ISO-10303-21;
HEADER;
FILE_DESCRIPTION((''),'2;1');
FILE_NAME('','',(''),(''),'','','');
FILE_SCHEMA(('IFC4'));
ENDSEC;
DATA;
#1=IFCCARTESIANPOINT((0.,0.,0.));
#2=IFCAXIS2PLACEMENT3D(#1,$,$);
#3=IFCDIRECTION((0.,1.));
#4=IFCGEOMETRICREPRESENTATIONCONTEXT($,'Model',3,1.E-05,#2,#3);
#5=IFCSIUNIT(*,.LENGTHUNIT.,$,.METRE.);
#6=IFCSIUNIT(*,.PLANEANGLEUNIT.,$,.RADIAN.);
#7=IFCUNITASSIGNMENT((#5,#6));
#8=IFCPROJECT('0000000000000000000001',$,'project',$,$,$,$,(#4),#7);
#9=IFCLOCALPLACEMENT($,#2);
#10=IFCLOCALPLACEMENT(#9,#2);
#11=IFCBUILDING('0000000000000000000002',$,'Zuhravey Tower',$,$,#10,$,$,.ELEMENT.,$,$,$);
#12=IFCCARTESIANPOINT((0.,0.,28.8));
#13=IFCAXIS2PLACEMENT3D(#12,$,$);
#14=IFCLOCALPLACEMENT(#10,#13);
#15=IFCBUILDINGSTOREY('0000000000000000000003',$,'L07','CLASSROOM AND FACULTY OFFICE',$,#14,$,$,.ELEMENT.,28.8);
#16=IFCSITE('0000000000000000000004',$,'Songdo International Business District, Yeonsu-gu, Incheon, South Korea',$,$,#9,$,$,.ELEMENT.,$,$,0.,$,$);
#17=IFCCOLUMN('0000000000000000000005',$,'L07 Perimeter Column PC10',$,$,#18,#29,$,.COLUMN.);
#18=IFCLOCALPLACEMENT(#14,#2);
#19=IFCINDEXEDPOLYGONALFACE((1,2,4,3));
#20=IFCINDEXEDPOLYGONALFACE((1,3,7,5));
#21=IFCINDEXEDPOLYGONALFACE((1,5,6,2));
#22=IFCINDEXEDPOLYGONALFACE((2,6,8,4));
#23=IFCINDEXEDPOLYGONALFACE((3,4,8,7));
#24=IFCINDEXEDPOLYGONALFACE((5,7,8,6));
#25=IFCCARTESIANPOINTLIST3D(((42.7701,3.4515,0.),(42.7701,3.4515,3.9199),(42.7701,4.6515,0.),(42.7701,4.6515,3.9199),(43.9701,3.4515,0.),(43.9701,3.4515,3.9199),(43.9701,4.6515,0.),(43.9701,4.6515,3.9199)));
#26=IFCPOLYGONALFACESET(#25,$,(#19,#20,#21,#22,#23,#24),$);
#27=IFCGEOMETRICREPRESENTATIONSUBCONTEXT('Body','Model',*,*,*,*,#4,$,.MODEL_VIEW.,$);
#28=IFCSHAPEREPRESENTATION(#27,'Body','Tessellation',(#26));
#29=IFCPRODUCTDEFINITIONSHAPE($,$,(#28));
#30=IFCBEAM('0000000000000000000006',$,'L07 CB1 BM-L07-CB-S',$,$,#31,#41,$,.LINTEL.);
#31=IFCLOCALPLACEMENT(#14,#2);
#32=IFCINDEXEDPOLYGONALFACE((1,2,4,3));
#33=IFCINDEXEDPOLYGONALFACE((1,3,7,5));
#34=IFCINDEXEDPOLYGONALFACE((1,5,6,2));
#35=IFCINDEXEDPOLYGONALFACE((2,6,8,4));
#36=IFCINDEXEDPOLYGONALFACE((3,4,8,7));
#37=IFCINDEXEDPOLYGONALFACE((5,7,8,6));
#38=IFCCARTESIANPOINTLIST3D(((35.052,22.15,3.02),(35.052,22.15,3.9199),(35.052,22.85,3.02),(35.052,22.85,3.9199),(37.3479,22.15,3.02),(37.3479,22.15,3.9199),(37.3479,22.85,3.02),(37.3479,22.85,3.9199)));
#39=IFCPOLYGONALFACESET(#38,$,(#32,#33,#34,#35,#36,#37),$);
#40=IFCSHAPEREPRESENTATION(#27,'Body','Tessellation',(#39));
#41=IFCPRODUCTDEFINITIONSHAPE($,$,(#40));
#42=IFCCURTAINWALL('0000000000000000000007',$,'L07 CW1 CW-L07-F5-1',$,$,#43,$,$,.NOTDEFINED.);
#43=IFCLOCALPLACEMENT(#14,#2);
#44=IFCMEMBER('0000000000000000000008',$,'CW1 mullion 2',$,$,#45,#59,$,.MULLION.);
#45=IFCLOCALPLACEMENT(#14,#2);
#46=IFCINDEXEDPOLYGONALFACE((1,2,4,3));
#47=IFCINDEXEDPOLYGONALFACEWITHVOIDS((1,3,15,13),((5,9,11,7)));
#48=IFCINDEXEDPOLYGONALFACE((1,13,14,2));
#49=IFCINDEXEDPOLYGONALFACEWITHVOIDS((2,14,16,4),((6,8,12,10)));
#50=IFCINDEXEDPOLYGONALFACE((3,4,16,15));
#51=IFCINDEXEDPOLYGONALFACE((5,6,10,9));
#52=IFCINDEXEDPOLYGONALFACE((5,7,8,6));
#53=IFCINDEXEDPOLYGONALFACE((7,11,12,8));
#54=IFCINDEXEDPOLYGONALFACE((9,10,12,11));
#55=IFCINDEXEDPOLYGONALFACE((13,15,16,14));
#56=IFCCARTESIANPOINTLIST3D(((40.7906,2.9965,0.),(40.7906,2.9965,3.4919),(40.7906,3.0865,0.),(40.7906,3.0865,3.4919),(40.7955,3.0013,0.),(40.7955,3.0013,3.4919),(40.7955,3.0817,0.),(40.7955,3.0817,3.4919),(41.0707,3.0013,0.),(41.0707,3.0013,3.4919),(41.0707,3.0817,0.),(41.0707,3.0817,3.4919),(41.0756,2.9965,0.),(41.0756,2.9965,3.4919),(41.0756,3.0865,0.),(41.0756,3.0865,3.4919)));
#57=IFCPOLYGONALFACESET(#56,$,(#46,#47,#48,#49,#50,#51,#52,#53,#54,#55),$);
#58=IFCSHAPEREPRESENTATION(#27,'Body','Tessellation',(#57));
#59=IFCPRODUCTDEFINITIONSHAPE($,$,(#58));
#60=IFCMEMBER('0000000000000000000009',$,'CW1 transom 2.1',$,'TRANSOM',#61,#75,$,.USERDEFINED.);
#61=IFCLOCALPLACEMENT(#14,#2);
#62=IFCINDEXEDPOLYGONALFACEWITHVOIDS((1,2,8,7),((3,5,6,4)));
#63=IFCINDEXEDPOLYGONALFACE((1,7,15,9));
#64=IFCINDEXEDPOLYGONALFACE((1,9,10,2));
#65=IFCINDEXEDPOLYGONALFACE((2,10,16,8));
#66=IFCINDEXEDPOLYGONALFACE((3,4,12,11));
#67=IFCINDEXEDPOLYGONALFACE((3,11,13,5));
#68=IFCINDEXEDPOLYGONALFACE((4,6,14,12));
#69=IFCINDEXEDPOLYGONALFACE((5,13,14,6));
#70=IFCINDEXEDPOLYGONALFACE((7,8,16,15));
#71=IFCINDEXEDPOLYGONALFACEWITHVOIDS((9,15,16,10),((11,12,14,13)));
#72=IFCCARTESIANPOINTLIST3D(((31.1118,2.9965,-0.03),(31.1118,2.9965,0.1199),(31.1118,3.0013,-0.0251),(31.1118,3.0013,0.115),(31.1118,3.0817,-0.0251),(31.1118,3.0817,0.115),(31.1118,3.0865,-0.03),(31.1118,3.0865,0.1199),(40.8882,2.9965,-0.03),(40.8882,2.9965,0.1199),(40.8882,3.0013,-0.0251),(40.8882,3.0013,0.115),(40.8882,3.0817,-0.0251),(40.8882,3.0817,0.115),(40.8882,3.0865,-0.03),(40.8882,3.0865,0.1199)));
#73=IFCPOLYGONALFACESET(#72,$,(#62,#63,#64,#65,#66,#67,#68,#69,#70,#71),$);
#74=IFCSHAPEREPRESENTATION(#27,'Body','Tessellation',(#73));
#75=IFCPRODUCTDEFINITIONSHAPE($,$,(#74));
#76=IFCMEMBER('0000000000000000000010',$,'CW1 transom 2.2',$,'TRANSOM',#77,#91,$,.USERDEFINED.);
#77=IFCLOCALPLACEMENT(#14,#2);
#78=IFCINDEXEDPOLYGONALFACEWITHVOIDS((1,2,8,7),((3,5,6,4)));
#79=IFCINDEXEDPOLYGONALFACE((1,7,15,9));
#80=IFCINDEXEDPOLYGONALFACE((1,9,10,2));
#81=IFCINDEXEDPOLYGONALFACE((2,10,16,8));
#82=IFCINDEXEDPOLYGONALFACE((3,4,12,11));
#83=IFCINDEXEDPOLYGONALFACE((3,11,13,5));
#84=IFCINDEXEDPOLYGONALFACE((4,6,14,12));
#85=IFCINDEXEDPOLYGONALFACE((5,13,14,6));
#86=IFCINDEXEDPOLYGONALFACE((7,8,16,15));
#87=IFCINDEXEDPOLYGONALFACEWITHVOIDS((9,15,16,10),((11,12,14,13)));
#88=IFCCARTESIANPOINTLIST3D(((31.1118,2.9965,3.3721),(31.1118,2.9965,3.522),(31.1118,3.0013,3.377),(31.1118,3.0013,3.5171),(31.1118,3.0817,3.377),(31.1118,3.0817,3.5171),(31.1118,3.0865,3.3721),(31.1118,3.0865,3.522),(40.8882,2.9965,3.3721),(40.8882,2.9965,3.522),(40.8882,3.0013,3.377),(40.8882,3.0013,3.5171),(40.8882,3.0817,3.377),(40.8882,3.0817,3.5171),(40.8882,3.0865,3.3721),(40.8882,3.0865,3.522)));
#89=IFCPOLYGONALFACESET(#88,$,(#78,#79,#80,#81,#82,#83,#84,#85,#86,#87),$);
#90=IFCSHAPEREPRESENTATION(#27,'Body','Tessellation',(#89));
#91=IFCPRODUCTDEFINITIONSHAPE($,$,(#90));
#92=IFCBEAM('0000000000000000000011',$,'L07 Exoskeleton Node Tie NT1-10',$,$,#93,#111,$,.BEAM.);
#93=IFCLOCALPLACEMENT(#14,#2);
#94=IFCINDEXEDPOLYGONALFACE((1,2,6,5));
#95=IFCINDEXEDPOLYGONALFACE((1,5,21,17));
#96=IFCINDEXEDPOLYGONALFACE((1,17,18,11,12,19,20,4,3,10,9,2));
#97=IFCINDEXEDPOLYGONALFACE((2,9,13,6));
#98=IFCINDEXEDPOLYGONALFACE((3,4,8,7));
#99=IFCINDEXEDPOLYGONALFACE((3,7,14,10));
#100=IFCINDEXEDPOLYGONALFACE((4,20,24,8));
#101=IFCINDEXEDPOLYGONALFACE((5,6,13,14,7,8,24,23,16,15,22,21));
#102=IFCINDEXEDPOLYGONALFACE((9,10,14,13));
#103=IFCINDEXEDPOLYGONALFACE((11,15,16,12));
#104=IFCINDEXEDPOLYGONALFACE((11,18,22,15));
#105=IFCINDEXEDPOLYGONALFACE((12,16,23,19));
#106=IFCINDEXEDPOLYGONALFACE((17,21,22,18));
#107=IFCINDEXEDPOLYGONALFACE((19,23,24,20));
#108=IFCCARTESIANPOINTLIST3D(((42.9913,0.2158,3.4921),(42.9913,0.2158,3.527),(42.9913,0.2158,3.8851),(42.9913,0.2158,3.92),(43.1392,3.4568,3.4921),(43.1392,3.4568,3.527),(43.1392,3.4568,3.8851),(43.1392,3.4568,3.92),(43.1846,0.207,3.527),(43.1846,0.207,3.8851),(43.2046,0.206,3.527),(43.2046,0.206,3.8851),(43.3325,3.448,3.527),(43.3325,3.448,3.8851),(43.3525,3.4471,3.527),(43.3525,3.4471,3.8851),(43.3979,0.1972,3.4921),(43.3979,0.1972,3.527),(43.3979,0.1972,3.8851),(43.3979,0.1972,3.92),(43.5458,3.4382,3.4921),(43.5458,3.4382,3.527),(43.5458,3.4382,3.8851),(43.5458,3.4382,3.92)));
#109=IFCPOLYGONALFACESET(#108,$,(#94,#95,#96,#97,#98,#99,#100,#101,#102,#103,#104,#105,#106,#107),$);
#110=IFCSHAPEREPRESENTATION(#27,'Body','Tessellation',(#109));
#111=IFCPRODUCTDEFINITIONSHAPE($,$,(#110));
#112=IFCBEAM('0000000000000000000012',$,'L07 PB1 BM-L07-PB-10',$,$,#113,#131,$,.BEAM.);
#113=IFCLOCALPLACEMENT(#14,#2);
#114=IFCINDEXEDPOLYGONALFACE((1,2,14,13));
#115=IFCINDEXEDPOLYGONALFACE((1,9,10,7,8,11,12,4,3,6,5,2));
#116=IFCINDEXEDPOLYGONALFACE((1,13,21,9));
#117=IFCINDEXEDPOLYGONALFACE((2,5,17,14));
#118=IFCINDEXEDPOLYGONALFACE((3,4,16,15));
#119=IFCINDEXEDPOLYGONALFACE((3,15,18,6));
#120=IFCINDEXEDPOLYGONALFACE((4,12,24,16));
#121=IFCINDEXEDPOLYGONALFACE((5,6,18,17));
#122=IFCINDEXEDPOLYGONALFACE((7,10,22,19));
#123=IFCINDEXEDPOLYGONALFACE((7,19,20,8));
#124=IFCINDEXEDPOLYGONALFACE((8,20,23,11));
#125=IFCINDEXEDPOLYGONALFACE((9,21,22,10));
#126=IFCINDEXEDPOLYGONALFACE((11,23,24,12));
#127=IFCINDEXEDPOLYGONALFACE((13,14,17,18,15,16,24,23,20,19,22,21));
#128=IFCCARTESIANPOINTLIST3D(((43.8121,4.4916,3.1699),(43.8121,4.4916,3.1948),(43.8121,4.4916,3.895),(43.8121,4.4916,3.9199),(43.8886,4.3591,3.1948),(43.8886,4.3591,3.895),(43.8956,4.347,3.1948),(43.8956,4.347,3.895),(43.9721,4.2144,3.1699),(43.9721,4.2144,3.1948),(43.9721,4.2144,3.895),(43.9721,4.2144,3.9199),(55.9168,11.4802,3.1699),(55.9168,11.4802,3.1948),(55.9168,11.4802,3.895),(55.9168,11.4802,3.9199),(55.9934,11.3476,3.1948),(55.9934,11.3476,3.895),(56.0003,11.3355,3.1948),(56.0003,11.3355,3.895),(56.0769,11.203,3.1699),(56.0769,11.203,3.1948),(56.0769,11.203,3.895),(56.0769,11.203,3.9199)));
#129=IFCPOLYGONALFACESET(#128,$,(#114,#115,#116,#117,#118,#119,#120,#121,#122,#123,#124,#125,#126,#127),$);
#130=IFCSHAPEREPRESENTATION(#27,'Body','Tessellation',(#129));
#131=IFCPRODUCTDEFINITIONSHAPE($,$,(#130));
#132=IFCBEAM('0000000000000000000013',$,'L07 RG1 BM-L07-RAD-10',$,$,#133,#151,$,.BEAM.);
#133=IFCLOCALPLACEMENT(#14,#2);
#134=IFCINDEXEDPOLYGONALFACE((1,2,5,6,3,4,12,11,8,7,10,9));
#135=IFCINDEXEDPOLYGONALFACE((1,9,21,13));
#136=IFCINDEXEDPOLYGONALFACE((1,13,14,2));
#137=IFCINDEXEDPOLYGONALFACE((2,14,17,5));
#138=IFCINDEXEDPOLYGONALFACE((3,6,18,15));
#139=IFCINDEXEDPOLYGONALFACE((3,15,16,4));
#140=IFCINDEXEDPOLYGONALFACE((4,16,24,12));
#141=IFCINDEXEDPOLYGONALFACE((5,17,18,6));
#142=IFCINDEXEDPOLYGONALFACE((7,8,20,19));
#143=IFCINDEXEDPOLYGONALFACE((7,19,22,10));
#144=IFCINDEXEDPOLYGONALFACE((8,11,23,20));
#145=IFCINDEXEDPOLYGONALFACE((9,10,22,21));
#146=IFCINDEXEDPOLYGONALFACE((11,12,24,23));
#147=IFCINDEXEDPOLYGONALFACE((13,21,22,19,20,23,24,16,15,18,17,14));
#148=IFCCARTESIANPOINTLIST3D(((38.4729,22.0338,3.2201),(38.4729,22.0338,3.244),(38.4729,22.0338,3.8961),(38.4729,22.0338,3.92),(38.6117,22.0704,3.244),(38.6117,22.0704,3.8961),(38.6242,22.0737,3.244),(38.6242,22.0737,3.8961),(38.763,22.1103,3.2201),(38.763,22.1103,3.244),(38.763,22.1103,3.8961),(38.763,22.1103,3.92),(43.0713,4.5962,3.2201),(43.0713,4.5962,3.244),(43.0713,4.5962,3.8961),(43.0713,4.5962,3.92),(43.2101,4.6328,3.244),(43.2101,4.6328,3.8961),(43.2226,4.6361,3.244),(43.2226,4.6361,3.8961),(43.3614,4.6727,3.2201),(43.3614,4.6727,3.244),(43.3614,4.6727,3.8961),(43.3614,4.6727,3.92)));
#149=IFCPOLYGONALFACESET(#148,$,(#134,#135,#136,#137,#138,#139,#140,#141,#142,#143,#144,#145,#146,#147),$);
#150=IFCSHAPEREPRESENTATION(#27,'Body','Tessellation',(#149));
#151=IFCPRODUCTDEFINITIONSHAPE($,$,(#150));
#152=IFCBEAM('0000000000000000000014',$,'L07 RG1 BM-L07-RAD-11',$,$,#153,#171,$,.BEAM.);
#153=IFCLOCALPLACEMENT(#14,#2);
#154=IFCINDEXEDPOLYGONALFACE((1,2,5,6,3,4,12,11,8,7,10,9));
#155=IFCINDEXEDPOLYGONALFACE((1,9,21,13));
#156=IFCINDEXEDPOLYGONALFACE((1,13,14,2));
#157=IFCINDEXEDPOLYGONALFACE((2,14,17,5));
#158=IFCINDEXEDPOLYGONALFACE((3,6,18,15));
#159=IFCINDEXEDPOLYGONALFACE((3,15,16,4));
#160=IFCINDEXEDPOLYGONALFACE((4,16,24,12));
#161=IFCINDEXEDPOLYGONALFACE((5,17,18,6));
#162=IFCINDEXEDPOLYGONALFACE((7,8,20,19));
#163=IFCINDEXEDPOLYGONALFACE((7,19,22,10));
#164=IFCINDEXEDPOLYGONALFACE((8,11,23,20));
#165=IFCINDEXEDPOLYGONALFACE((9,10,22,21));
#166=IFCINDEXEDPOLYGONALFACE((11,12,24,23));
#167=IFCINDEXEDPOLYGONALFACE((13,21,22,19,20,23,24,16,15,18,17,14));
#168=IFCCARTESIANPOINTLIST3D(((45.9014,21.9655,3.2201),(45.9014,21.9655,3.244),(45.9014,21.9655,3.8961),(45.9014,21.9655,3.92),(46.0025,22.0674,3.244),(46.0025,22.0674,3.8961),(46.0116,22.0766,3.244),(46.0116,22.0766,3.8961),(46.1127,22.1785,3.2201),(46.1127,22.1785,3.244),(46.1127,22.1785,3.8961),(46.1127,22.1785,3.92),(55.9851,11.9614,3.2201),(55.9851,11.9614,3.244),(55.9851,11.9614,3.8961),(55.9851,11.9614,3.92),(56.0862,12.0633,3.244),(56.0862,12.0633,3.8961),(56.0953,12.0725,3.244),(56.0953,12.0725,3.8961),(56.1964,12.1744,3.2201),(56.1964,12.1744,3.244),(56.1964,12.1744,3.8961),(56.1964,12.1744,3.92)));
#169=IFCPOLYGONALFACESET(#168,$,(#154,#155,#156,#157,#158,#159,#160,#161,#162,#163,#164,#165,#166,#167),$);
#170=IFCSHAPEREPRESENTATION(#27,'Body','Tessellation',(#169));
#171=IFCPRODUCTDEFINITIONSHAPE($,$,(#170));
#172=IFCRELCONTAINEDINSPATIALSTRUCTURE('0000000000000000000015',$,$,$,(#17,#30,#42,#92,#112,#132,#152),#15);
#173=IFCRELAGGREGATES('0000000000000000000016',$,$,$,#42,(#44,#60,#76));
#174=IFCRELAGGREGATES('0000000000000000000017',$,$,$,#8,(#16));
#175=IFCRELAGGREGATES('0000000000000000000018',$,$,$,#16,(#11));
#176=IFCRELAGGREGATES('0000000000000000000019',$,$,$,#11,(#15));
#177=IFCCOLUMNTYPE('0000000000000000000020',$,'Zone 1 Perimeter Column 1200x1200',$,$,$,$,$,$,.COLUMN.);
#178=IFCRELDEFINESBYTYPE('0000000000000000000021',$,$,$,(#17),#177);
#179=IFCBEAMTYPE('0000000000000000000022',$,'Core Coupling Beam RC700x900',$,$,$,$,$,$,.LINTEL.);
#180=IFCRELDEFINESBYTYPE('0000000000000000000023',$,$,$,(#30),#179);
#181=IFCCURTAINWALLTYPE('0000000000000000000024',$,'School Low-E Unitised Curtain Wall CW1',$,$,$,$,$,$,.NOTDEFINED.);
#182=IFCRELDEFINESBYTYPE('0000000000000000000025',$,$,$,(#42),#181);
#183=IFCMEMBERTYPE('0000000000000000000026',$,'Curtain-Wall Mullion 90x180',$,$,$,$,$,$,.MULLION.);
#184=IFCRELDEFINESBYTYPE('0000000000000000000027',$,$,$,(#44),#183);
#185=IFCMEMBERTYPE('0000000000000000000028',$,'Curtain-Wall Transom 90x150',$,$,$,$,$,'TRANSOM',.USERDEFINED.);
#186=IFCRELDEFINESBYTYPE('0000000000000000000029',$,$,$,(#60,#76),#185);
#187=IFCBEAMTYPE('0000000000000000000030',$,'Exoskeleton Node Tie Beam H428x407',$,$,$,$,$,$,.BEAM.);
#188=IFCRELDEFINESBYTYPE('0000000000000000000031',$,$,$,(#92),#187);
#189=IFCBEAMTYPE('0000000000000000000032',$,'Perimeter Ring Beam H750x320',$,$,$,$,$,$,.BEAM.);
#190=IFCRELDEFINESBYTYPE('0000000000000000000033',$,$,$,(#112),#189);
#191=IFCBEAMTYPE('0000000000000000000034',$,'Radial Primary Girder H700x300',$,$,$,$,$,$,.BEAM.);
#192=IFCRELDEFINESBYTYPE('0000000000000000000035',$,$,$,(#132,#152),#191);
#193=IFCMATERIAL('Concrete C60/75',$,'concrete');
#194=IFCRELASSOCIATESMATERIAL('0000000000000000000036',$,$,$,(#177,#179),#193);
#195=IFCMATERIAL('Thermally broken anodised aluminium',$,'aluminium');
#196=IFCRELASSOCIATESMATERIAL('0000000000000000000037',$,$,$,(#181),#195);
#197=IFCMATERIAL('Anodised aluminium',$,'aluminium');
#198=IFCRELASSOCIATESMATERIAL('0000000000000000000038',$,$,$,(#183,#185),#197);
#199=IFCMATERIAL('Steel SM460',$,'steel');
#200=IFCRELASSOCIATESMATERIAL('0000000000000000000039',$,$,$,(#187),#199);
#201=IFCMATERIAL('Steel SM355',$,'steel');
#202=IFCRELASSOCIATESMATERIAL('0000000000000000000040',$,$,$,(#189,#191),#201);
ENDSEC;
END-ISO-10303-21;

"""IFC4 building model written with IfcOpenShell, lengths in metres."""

from ifc_helpers import new_model, si_unit, direction, frame, origin, origin_2d, place, context, subcontext, project, spatial, rectangle, hollow_rectangle, i_section, extrude, material, material_profile, profile_set, type_object, element, aggregate, save


model = new_model("IFC4")

# Units and contexts
model_context = context("Model", 3, precision=1e-05, world=origin(), true_north=direction((0.0, 1.0)))
body_context = subcontext(model_context, "Body", "Model", "MODEL_VIEW")
ifc_project = project(units=[si_unit("LENGTHUNIT", "METRE"), si_unit("PLANEANGLEUNIT", "RADIAN")], contexts=[model_context])

# Site, building, storey
site_placement = place(None, origin())
site = spatial("IfcSite", under=ifc_project, at=site_placement, Name="Songdo International Business District, Yeonsu-gu, Incheon, South Korea", CompositionType="ELEMENT", RefElevation=0.0)
building_placement = place(site_placement, origin())
building = spatial("IfcBuilding", under=site, at=building_placement, Name="Zuhravey Tower", CompositionType="ELEMENT")
storey_placement = place(building_placement, frame((0.0, 0.0, 28.8)))
storey = spatial("IfcBuildingStorey", under=building, at=storey_placement, Name="L07", Description="CLASSROOM AND FACULTY OFFICE", CompositionType="ELEMENT", Elevation=28.8)

# Column
ifc_material_1 = material(Name="Concrete C60/75", Category="concrete")
ifc_material_profile_1 = material_profile(ifc_material_1, rectangle(XDim=1.2, YDim=1.2, at=origin_2d()), Name="RC-1200x1200")
ifc_profile_set_1 = profile_set([ifc_material_profile_1], Name="Concrete C60/75")
column_type = type_object("IfcColumnType", Name="Zone 1 Perimeter Column 1200x1200", PredefinedType="COLUMN", material=ifc_profile_set_1)
column_placement = place(storey_placement, frame((43.3701, 4.0515, 0.0), z_axis=(0.0, 0.0, 1.0), x_axis=(1.0, 0.0, 0.0)))
element("IfcColumn", 1, at=column_placement, inside=storey, type_object=column_type, Name="L07 Perimeter Column PC10", PredefinedType="COLUMN", context=body_context, shape_type="SweptSolid", body=[
    extrude(rectangle(XDim=1.2, YDim=1.2, at=origin_2d()), origin(), (0.0, 0.0, 1.0), 3.9199),
])

# Beam
ifc_material_profile_2 = material_profile(ifc_material_1, rectangle(XDim=0.7, YDim=0.8999, at=origin_2d()), Name="RC-700x900")
ifc_profile_set_2 = profile_set([ifc_material_profile_2], Name="Concrete C60/75")
beam_type_1 = type_object("IfcBeamType", Name="Core Coupling Beam RC700x900", PredefinedType="LINTEL", material=ifc_profile_set_2)
beam_1_placement = place(storey_placement, frame((35.052, 22.5, 3.47), z_axis=(1.0, 0.0, 0.0), x_axis=(0.0, 1.0, 0.0)))
element("IfcBeam", 2, at=beam_1_placement, inside=storey, type_object=beam_type_1, Name="L07 CB1 BM-L07-CB-S", PredefinedType="LINTEL", context=body_context, shape_type="SweptSolid", body=[
    extrude(rectangle(XDim=0.7, YDim=0.8999, at=origin_2d()), origin(), (0.0, 0.0, 1.0), 2.2959),
])

# Curtain wall, members
ifc_material_2 = material(Name="Thermally broken anodised aluminium", Category="aluminium")
curtain_wall_type = type_object("IfcCurtainWallType", Name="School Low-E Unitised Curtain Wall CW1", PredefinedType="NOTDEFINED", material=ifc_material_2)
curtain_wall_placement = place(storey_placement, origin())
curtain_wall = element("IfcCurtainWall", 3, at=curtain_wall_placement, inside=storey, type_object=curtain_wall_type, Name="L07 CW1 CW-L07-F5-1", PredefinedType="NOTDEFINED")
ifc_material_3 = material(Name="Anodised aluminium", Category="aluminium")
ifc_material_profile_3 = material_profile(ifc_material_3, hollow_rectangle(XDim=0.0901, YDim=0.2849, WallThickness=0.0049, at=origin_2d()), Name="ALU-RHS-90x285x5")
ifc_profile_set_3 = profile_set([ifc_material_profile_3], Name="Anodised aluminium")
member_type_1 = type_object("IfcMemberType", Name="Curtain-Wall Mullion 90x180", PredefinedType="MULLION", material=ifc_profile_set_3)
member_1_placement = place(storey_placement, frame((40.9331, 3.0415, 0.0), z_axis=(0.0, 0.0, 1.0), x_axis=(0.0, -1.0, 0.0)))
member_1 = element("IfcMember", 4, at=member_1_placement, type_object=member_type_1, Name="CW1 mullion 2", PredefinedType="MULLION", context=body_context, shape_type="SweptSolid", body=[
    extrude(hollow_rectangle(XDim=0.0901, YDim=0.2849, WallThickness=0.0049, at=origin_2d()), origin(), (0.0, 0.0, 1.0), 3.4919),
])
ifc_material_profile_4 = material_profile(ifc_material_3, hollow_rectangle(XDim=0.0901, YDim=0.1499, WallThickness=0.0049, at=origin_2d()), Name="ALU-RHS-90x150x5")
ifc_profile_set_4 = profile_set([ifc_material_profile_4], Name="Anodised aluminium")
member_type_2 = type_object("IfcMemberType", Name="Curtain-Wall Transom 90x150", ElementType="TRANSOM", PredefinedType="USERDEFINED", material=ifc_profile_set_4)
member_2_placement = place(storey_placement, frame((40.8882, 3.0415, 0.0449), z_axis=(-1.0, 0.0, 0.0), x_axis=(0.0, -1.0, 0.0)))
member_2 = element("IfcMember", 5, at=member_2_placement, type_object=member_type_2, Name="CW1 transom 2.1", ObjectType="TRANSOM", PredefinedType="USERDEFINED", context=body_context, shape_type="SweptSolid", body=[
    extrude(hollow_rectangle(XDim=0.0901, YDim=0.1499, WallThickness=0.0049, at=origin_2d()), origin(), (0.0, 0.0, 1.0), 9.7764),
])
member_3_placement = place(storey_placement, frame((40.8882, 3.0415, 3.447), z_axis=(-1.0, 0.0, 0.0), x_axis=(0.0, -1.0, 0.0)))
member_3 = element("IfcMember", 6, at=member_3_placement, type_object=member_type_2, Name="CW1 transom 2.2", ObjectType="TRANSOM", PredefinedType="USERDEFINED", context=body_context, shape_type="SweptSolid", body=[
    extrude(hollow_rectangle(XDim=0.0901, YDim=0.1499, WallThickness=0.0049, at=origin_2d()), origin(), (0.0, 0.0, 1.0), 9.7764),
])

# Beams
ifc_material_4 = material(Name="Steel SM460", Category="steel")
ifc_material_profile_5 = material_profile(ifc_material_4, i_section(OverallWidth=0.407, OverallDepth=0.428, WebThickness=0.02, FlangeThickness=0.0349, at=origin_2d()), Name="H-428x407x20x35")
ifc_profile_set_5 = profile_set([ifc_material_profile_5], Name="Steel SM460")
beam_type_2 = type_object("IfcBeamType", Name="Exoskeleton Node Tie Beam H428x407", PredefinedType="BEAM", material=ifc_profile_set_5)
beam_2_placement = place(storey_placement, frame((43.3425, 3.4475, 3.7061), z_axis=(-0.045602, -0.99896, 0.0), x_axis=(0.99896, -0.045602, 0.0)))
element("IfcBeam", 7, at=beam_2_placement, inside=storey, type_object=beam_type_2, Name="L07 Exoskeleton Node Tie NT1-10", PredefinedType="BEAM", context=body_context, shape_type="SweptSolid", body=[
    extrude(i_section(OverallWidth=0.407, OverallDepth=0.428, WebThickness=0.02, FlangeThickness=0.0349, at=origin_2d()), origin(), (0.0, 0.0, 1.0), 3.2444),
])
ifc_material_5 = material(Name="Steel SM355", Category="steel")
ifc_material_profile_6 = material_profile(ifc_material_5, i_section(OverallWidth=0.3201, OverallDepth=0.75, WebThickness=0.0139, FlangeThickness=0.0249, at=origin_2d()), Name="H-750x320x14x25")
ifc_profile_set_6 = profile_set([ifc_material_profile_6], Name="Steel SM355")
beam_type_3 = type_object("IfcBeamType", Name="Perimeter Ring Beam H750x320", PredefinedType="BEAM", material=ifc_profile_set_6)
beam_3_placement = place(storey_placement, frame((43.8921, 4.353, 3.5449), z_axis=(0.86603, 0.499992, 0.0), x_axis=(-0.499992, 0.86603, 0.0)))
element("IfcBeam", 8, at=beam_3_placement, inside=storey, type_object=beam_type_3, Name="L07 PB1 BM-L07-PB-10", PredefinedType="BEAM", context=body_context, shape_type="SweptSolid", body=[
    extrude(i_section(OverallWidth=0.3201, OverallDepth=0.75, WebThickness=0.0139, FlangeThickness=0.0249, at=origin_2d()), origin(), (0.0, 0.0, 1.0), 13.9773),
])
ifc_material_profile_7 = material_profile(ifc_material_5, i_section(OverallWidth=0.3, OverallDepth=0.7, WebThickness=0.0129, FlangeThickness=0.0239, at=origin_2d()), Name="H-700x300x13x24")
ifc_profile_set_7 = profile_set([ifc_material_profile_7], Name="Steel SM355")
beam_type_4 = type_object("IfcBeamType", Name="Radial Primary Girder H700x300", PredefinedType="BEAM", material=ifc_profile_set_7)
beam_4_placement = place(storey_placement, frame((38.6179, 22.072, 3.5701), z_axis=(0.25499, -0.966944, 0.0), x_axis=(0.966944, 0.25499, 0.0)))
element("IfcBeam", 9, at=beam_4_placement, inside=storey, type_object=beam_type_4, Name="L07 RG1 BM-L07-RAD-10", PredefinedType="BEAM", context=body_context, shape_type="SweptSolid", body=[
    extrude(i_section(OverallWidth=0.3, OverallDepth=0.7, WebThickness=0.0129, FlangeThickness=0.0239, at=origin_2d()), origin(), (0.0, 0.0, 1.0), 18.0337),
])
beam_5_placement = place(storey_placement, frame((46.0071, 22.072, 3.5701), z_axis=(0.709903, -0.7043, 0.0), x_axis=(0.7043, 0.709903, 0.0)))
element("IfcBeam", 10, at=beam_5_placement, inside=storey, type_object=beam_type_4, Name="L07 RG1 BM-L07-RAD-11", PredefinedType="BEAM", context=body_context, shape_type="SweptSolid", body=[
    extrude(i_section(OverallWidth=0.3, OverallDepth=0.7, WebThickness=0.0129, FlangeThickness=0.0239, at=origin_2d()), origin(), (0.0, 0.0, 1.0), 14.2043),
])

aggregate(curtain_wall, [member_1, member_2, member_3])

save(model, "model.ifc")
